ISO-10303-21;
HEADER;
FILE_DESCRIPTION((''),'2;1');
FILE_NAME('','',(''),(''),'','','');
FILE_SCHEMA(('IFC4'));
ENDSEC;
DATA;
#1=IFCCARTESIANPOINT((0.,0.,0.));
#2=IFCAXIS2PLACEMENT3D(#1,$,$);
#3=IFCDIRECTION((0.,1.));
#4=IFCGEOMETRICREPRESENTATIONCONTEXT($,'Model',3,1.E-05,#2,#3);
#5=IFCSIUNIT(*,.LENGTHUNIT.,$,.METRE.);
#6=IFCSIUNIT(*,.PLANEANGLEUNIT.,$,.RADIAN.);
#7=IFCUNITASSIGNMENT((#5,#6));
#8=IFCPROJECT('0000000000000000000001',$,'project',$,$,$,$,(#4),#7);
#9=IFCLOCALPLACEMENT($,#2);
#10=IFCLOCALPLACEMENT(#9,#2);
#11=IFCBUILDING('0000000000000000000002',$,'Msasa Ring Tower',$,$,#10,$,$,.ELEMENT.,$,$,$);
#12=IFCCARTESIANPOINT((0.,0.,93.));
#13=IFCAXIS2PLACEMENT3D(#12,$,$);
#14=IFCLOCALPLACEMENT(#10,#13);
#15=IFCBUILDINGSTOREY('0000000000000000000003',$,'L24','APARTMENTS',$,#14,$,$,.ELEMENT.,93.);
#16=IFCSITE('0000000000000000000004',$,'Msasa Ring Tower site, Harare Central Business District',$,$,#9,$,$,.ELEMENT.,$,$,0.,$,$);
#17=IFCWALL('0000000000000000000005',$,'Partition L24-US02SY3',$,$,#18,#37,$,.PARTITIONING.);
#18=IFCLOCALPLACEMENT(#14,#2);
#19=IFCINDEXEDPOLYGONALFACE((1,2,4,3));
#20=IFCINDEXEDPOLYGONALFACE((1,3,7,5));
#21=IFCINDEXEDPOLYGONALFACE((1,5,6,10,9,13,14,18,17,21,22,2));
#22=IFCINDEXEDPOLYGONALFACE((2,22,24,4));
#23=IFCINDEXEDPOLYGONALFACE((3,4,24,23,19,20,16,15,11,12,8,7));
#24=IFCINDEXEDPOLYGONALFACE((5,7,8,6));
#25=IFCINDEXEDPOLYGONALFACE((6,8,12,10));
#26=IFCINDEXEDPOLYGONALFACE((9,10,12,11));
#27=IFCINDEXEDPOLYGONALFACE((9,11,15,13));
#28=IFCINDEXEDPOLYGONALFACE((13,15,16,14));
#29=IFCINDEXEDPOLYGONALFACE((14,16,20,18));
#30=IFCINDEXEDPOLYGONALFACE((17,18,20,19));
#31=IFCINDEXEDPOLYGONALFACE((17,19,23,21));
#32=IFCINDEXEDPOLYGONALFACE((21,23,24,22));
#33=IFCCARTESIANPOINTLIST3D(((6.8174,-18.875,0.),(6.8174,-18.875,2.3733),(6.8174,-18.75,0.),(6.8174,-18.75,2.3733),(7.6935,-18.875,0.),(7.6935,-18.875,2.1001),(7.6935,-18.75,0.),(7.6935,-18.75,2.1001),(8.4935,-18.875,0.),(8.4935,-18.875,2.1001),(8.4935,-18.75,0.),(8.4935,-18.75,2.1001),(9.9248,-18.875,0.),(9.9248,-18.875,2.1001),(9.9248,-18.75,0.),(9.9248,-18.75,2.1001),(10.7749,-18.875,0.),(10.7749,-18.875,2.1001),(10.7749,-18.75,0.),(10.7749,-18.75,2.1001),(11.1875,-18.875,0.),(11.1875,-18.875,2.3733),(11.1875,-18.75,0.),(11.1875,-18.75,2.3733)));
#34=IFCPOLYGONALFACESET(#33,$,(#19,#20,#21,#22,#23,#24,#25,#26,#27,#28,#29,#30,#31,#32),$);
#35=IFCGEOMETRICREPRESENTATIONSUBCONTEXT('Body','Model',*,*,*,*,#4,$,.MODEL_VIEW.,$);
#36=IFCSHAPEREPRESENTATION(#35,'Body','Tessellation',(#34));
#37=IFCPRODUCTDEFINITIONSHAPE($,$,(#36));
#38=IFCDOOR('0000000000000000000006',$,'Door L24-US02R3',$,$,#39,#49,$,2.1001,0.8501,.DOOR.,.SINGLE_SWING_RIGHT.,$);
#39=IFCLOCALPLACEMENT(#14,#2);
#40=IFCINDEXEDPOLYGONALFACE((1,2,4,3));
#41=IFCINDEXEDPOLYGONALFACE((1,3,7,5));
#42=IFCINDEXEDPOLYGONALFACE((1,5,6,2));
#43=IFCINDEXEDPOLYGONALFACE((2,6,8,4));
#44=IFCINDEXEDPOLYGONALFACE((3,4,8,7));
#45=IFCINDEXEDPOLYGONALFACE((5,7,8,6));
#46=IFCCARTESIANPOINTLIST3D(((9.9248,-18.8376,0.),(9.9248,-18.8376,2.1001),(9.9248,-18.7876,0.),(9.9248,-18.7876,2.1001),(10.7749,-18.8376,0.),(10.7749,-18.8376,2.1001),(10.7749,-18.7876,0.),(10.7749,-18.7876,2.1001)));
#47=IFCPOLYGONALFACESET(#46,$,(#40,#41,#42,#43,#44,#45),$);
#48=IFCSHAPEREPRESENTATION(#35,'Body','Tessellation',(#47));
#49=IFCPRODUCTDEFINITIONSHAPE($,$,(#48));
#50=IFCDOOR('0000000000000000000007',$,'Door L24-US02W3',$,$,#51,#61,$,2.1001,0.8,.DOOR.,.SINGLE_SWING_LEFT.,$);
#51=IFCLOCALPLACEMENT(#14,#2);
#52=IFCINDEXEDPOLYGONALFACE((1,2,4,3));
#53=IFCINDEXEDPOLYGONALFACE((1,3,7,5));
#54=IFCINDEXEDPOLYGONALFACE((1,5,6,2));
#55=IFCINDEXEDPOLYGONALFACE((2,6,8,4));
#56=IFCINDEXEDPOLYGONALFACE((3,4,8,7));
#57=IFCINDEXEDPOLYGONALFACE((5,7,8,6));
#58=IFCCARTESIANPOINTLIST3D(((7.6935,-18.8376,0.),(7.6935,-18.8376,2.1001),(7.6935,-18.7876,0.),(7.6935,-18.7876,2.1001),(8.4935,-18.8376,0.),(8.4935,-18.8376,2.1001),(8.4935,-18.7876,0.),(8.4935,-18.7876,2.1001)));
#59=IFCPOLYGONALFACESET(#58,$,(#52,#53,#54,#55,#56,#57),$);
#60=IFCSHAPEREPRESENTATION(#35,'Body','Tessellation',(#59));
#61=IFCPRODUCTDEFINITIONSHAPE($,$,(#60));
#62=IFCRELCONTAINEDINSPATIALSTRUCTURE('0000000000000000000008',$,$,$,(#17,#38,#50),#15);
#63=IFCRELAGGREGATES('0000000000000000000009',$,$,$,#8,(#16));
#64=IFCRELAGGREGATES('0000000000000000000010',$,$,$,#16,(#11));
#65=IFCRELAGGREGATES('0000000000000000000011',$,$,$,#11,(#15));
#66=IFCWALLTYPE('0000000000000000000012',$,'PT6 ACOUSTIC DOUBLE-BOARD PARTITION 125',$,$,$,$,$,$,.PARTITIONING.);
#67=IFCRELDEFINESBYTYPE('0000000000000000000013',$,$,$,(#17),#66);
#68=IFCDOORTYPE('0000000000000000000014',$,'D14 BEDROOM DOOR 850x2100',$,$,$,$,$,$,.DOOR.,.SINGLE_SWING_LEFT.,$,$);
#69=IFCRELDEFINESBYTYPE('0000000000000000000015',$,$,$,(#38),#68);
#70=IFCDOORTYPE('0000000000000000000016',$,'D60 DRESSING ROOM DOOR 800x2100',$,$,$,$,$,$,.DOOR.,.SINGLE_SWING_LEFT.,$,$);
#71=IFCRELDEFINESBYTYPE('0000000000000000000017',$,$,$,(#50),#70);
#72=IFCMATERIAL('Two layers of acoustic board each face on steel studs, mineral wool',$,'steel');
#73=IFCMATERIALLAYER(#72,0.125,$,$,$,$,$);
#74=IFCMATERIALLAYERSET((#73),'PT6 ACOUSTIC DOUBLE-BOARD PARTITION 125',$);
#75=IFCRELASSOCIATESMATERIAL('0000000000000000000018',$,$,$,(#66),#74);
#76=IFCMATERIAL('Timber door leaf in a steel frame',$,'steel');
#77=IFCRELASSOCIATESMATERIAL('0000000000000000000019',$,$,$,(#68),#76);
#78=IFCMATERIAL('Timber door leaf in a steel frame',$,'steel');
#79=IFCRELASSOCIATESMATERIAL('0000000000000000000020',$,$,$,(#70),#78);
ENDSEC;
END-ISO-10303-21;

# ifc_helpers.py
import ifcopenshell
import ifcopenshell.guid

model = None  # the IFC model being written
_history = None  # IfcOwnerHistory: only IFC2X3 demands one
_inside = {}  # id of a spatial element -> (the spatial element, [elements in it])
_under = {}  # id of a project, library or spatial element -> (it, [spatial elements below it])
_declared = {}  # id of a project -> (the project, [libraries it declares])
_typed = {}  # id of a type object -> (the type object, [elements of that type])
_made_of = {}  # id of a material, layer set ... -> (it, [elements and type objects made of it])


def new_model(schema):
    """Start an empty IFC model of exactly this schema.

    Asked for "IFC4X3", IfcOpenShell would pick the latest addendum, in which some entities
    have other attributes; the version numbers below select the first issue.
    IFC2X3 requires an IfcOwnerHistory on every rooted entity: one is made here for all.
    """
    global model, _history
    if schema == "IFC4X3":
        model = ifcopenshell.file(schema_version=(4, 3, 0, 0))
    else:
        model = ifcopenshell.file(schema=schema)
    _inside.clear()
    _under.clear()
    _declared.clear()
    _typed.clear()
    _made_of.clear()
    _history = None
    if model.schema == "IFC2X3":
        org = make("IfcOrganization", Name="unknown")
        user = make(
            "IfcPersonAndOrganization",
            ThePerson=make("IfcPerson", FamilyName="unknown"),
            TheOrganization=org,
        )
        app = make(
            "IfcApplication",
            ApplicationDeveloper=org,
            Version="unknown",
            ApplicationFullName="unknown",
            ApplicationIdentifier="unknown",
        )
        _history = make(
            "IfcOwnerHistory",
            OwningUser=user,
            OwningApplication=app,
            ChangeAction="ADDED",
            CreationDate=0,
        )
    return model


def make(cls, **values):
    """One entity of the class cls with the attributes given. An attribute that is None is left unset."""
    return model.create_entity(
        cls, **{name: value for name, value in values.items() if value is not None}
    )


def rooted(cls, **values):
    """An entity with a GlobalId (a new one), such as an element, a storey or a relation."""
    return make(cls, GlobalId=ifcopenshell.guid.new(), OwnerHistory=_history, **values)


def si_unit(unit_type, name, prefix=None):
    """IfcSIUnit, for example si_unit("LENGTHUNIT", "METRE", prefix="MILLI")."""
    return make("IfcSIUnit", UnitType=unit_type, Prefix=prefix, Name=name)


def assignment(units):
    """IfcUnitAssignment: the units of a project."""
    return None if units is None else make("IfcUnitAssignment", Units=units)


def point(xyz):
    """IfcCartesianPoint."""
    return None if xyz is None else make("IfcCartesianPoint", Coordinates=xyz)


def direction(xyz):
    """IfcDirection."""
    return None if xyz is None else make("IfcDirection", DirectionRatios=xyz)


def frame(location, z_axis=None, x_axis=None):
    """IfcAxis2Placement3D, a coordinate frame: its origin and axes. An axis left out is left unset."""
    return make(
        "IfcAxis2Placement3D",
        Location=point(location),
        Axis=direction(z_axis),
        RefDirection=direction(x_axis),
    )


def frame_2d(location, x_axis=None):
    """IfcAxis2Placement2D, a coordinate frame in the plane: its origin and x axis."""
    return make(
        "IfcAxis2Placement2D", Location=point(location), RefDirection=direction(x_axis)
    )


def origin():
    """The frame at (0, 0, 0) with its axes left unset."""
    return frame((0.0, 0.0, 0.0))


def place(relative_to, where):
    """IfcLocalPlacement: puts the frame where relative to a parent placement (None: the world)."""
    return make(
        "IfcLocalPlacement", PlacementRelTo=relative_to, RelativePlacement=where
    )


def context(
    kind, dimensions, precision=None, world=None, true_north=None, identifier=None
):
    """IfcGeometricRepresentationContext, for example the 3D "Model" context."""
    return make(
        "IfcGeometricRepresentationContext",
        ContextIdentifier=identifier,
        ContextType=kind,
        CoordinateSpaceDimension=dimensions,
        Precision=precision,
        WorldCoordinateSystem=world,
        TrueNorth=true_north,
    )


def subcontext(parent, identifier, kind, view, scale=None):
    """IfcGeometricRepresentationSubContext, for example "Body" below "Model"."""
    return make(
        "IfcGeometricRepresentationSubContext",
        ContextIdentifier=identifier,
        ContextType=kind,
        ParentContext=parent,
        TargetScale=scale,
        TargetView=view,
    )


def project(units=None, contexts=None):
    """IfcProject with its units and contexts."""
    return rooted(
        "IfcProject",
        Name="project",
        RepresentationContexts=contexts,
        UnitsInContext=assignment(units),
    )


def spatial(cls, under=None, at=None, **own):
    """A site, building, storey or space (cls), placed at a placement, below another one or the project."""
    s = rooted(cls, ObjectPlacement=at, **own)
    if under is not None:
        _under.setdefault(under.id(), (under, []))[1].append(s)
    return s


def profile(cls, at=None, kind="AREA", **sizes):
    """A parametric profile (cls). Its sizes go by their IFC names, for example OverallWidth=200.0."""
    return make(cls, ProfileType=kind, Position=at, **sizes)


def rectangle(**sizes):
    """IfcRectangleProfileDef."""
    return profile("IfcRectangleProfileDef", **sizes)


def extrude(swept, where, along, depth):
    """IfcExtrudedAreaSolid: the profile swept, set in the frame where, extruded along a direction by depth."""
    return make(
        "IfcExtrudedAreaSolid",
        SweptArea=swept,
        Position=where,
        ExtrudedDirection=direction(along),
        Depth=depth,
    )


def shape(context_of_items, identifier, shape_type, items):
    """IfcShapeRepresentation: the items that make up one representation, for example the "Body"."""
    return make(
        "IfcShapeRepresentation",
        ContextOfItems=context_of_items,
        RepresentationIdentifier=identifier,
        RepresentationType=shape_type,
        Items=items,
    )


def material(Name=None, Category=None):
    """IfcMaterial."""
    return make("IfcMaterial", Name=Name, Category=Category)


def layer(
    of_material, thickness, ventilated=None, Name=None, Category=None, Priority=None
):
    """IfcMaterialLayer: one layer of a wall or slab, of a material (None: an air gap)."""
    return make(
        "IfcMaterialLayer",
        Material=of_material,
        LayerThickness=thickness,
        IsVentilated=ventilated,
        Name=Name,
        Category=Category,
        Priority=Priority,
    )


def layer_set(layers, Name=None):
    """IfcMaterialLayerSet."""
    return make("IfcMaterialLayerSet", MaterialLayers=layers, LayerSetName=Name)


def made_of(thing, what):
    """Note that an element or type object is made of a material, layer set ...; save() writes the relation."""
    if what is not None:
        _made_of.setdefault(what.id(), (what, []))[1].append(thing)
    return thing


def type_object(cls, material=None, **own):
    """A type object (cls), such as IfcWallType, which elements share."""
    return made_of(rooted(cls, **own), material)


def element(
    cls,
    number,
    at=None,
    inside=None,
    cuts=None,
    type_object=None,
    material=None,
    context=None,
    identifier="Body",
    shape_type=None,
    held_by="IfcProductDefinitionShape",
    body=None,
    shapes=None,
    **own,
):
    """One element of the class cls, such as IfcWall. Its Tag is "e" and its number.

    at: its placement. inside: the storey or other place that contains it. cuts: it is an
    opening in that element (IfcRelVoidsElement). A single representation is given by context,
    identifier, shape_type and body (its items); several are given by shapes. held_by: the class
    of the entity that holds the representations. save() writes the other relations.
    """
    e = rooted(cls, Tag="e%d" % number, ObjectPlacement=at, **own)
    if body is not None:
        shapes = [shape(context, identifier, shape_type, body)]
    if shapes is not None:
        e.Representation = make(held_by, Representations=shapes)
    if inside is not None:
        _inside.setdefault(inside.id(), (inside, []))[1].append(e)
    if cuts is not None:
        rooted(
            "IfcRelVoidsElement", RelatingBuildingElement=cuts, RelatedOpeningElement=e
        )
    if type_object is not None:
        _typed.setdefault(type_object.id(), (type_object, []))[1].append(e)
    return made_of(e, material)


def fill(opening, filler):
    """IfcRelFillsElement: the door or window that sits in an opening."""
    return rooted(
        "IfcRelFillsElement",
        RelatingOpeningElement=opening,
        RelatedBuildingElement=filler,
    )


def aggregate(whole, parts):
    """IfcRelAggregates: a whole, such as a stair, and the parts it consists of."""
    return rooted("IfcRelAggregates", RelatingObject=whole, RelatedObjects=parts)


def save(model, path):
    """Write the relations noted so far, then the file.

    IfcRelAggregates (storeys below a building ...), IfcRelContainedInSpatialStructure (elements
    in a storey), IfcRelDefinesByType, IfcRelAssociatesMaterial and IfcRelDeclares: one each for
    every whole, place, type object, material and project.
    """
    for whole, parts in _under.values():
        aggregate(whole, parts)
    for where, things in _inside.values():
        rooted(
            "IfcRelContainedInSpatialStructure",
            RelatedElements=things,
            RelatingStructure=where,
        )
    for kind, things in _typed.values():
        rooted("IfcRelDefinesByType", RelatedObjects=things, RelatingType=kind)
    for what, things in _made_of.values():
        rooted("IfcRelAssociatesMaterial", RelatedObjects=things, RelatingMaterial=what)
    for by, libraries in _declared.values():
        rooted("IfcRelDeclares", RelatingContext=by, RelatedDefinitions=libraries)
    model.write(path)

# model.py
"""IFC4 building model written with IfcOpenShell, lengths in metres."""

from ifc_helpers import new_model, si_unit, direction, frame, frame_2d, origin, place, context, subcontext, project, spatial, rectangle, extrude, material, layer, layer_set, type_object, element, fill, save


model = new_model("IFC4")

# Units and contexts
model_context = context("Model", 3, precision=1e-05, world=origin(), true_north=direction((0.0, 1.0)))
body_context = subcontext(model_context, "Body", "Model", "MODEL_VIEW")
ifc_project = project(units=[si_unit("LENGTHUNIT", "METRE"), si_unit("PLANEANGLEUNIT", "RADIAN")], contexts=[model_context])

# Site, building, storey
site_placement = place(None, origin())
site = spatial("IfcSite", under=ifc_project, at=site_placement, Name="Msasa Ring Tower site, Harare Central Business District", CompositionType="ELEMENT", RefElevation=0.0)
building_placement = place(site_placement, origin())
building = spatial("IfcBuilding", under=site, at=building_placement, Name="Msasa Ring Tower", CompositionType="ELEMENT")
storey_placement = place(building_placement, frame((0.0, 0.0, 93.0)))
storey = spatial("IfcBuildingStorey", under=building, at=storey_placement, Name="L24", Description="APARTMENTS", CompositionType="ELEMENT", Elevation=93.0)

# Shared definitions
ifc_material_1 = material(Name="Two layers of acoustic board each face on steel studs, mineral wool", Category="steel")
ifc_layer_1 = layer(ifc_material_1, 0.125)
ifc_layer_set_1 = layer_set([ifc_layer_1], Name="PT6 ACOUSTIC DOUBLE-BOARD PARTITION 125")
wall_type_1 = type_object("IfcWallType", Name="PT6 ACOUSTIC DOUBLE-BOARD PARTITION 125", PredefinedType="PARTITIONING", material=ifc_layer_set_1)

# Shared definitions
ifc_material_2 = material(Name="Timber door leaf in a steel frame", Category="steel")
door_type_1 = type_object("IfcDoorType", Name="D14 BEDROOM DOOR 850x2100", OperationType="SINGLE_SWING_LEFT", PredefinedType="DOOR", material=ifc_material_2)
ifc_material_3 = material(Name="Timber door leaf in a steel frame", Category="steel")
door_type_2 = type_object("IfcDoorType", Name="D60 DRESSING ROOM DOOR 800x2100", OperationType="SINGLE_SWING_LEFT", PredefinedType="DOOR", material=ifc_material_3)

# Wall, openings, doors
wall_1_placement = place(storey_placement, frame((6.8174, -18.8125, 0.0), z_axis=(0.0, 0.0, 1.0), x_axis=(1.0, 0.0, 0.0)))
wall_1 = element("IfcWall", 1, at=wall_1_placement, inside=storey, type_object=wall_type_1, Name="Partition L24-US02SY3", PredefinedType="PARTITIONING", context=body_context, shape_type="SweptSolid", body=[
    extrude(rectangle(XDim=4.3701, YDim=0.125, at=frame_2d((2.1851, 0.0))), origin(), (0.0, 0.0, 1.0), 2.3733),
])
opening_1_placement = place(wall_1_placement, frame((3.1074, 0.0, 0.0)))
opening_1 = element("IfcOpeningElement", 2, at=opening_1_placement, cuts=wall_1, PredefinedType="OPENING", context=body_context, shape_type="SweptSolid", body=[
    extrude(rectangle(XDim=0.8501, YDim=2.1001, at=frame_2d((0.425, 1.05))), frame((0.0, 0.0725, 0.0), z_axis=(0.0, -1.0, 0.0), x_axis=(1.0, 0.0, 0.0)), (0.0, 0.0, 1.0), 0.145),
])
opening_2_placement = place(wall_1_placement, frame((0.8762, 0.0, 0.0)))
opening_2 = element("IfcOpeningElement", 3, at=opening_2_placement, cuts=wall_1, PredefinedType="OPENING", context=body_context, shape_type="SweptSolid", body=[
    extrude(rectangle(XDim=0.8, YDim=2.1001, at=frame_2d((0.3999, 1.05))), frame((0.0, 0.0725, 0.0), z_axis=(0.0, -1.0, 0.0), x_axis=(1.0, 0.0, 0.0)), (0.0, 0.0, 1.0), 0.145),
])
door_1_placement = place(opening_1_placement, origin())
door_1 = element("IfcDoor", 4, at=door_1_placement, inside=storey, type_object=door_type_1, Name="Door L24-US02R3", OperationType="SINGLE_SWING_RIGHT", OverallHeight=2.1001, OverallWidth=0.8501, PredefinedType="DOOR", context=body_context, shape_type="SweptSolid", body=[
    extrude(rectangle(XDim=0.8501, YDim=2.1001, at=frame_2d((0.425, 1.05))), frame((0.0, 0.0249, 0.0), z_axis=(0.0, -1.0, 0.0), x_axis=(1.0, 0.0, 0.0)), (0.0, 0.0, 1.0), 0.05),
])
fill(opening_1, door_1)
door_2_placement = place(opening_2_placement, origin())
door_2 = element("IfcDoor", 5, at=door_2_placement, inside=storey, type_object=door_type_2, Name="Door L24-US02W3", OperationType="SINGLE_SWING_LEFT", OverallHeight=2.1001, OverallWidth=0.8, PredefinedType="DOOR", context=body_context, shape_type="SweptSolid", body=[
    extrude(rectangle(XDim=0.8, YDim=2.1001, at=frame_2d((0.3999, 1.05))), frame((0.0, 0.0249, 0.0), z_axis=(0.0, -1.0, 0.0), x_axis=(1.0, 0.0, 0.0)), (0.0, 0.0, 1.0), 0.05),
])
fill(opening_2, door_2)

save(model, "model.ifc")
